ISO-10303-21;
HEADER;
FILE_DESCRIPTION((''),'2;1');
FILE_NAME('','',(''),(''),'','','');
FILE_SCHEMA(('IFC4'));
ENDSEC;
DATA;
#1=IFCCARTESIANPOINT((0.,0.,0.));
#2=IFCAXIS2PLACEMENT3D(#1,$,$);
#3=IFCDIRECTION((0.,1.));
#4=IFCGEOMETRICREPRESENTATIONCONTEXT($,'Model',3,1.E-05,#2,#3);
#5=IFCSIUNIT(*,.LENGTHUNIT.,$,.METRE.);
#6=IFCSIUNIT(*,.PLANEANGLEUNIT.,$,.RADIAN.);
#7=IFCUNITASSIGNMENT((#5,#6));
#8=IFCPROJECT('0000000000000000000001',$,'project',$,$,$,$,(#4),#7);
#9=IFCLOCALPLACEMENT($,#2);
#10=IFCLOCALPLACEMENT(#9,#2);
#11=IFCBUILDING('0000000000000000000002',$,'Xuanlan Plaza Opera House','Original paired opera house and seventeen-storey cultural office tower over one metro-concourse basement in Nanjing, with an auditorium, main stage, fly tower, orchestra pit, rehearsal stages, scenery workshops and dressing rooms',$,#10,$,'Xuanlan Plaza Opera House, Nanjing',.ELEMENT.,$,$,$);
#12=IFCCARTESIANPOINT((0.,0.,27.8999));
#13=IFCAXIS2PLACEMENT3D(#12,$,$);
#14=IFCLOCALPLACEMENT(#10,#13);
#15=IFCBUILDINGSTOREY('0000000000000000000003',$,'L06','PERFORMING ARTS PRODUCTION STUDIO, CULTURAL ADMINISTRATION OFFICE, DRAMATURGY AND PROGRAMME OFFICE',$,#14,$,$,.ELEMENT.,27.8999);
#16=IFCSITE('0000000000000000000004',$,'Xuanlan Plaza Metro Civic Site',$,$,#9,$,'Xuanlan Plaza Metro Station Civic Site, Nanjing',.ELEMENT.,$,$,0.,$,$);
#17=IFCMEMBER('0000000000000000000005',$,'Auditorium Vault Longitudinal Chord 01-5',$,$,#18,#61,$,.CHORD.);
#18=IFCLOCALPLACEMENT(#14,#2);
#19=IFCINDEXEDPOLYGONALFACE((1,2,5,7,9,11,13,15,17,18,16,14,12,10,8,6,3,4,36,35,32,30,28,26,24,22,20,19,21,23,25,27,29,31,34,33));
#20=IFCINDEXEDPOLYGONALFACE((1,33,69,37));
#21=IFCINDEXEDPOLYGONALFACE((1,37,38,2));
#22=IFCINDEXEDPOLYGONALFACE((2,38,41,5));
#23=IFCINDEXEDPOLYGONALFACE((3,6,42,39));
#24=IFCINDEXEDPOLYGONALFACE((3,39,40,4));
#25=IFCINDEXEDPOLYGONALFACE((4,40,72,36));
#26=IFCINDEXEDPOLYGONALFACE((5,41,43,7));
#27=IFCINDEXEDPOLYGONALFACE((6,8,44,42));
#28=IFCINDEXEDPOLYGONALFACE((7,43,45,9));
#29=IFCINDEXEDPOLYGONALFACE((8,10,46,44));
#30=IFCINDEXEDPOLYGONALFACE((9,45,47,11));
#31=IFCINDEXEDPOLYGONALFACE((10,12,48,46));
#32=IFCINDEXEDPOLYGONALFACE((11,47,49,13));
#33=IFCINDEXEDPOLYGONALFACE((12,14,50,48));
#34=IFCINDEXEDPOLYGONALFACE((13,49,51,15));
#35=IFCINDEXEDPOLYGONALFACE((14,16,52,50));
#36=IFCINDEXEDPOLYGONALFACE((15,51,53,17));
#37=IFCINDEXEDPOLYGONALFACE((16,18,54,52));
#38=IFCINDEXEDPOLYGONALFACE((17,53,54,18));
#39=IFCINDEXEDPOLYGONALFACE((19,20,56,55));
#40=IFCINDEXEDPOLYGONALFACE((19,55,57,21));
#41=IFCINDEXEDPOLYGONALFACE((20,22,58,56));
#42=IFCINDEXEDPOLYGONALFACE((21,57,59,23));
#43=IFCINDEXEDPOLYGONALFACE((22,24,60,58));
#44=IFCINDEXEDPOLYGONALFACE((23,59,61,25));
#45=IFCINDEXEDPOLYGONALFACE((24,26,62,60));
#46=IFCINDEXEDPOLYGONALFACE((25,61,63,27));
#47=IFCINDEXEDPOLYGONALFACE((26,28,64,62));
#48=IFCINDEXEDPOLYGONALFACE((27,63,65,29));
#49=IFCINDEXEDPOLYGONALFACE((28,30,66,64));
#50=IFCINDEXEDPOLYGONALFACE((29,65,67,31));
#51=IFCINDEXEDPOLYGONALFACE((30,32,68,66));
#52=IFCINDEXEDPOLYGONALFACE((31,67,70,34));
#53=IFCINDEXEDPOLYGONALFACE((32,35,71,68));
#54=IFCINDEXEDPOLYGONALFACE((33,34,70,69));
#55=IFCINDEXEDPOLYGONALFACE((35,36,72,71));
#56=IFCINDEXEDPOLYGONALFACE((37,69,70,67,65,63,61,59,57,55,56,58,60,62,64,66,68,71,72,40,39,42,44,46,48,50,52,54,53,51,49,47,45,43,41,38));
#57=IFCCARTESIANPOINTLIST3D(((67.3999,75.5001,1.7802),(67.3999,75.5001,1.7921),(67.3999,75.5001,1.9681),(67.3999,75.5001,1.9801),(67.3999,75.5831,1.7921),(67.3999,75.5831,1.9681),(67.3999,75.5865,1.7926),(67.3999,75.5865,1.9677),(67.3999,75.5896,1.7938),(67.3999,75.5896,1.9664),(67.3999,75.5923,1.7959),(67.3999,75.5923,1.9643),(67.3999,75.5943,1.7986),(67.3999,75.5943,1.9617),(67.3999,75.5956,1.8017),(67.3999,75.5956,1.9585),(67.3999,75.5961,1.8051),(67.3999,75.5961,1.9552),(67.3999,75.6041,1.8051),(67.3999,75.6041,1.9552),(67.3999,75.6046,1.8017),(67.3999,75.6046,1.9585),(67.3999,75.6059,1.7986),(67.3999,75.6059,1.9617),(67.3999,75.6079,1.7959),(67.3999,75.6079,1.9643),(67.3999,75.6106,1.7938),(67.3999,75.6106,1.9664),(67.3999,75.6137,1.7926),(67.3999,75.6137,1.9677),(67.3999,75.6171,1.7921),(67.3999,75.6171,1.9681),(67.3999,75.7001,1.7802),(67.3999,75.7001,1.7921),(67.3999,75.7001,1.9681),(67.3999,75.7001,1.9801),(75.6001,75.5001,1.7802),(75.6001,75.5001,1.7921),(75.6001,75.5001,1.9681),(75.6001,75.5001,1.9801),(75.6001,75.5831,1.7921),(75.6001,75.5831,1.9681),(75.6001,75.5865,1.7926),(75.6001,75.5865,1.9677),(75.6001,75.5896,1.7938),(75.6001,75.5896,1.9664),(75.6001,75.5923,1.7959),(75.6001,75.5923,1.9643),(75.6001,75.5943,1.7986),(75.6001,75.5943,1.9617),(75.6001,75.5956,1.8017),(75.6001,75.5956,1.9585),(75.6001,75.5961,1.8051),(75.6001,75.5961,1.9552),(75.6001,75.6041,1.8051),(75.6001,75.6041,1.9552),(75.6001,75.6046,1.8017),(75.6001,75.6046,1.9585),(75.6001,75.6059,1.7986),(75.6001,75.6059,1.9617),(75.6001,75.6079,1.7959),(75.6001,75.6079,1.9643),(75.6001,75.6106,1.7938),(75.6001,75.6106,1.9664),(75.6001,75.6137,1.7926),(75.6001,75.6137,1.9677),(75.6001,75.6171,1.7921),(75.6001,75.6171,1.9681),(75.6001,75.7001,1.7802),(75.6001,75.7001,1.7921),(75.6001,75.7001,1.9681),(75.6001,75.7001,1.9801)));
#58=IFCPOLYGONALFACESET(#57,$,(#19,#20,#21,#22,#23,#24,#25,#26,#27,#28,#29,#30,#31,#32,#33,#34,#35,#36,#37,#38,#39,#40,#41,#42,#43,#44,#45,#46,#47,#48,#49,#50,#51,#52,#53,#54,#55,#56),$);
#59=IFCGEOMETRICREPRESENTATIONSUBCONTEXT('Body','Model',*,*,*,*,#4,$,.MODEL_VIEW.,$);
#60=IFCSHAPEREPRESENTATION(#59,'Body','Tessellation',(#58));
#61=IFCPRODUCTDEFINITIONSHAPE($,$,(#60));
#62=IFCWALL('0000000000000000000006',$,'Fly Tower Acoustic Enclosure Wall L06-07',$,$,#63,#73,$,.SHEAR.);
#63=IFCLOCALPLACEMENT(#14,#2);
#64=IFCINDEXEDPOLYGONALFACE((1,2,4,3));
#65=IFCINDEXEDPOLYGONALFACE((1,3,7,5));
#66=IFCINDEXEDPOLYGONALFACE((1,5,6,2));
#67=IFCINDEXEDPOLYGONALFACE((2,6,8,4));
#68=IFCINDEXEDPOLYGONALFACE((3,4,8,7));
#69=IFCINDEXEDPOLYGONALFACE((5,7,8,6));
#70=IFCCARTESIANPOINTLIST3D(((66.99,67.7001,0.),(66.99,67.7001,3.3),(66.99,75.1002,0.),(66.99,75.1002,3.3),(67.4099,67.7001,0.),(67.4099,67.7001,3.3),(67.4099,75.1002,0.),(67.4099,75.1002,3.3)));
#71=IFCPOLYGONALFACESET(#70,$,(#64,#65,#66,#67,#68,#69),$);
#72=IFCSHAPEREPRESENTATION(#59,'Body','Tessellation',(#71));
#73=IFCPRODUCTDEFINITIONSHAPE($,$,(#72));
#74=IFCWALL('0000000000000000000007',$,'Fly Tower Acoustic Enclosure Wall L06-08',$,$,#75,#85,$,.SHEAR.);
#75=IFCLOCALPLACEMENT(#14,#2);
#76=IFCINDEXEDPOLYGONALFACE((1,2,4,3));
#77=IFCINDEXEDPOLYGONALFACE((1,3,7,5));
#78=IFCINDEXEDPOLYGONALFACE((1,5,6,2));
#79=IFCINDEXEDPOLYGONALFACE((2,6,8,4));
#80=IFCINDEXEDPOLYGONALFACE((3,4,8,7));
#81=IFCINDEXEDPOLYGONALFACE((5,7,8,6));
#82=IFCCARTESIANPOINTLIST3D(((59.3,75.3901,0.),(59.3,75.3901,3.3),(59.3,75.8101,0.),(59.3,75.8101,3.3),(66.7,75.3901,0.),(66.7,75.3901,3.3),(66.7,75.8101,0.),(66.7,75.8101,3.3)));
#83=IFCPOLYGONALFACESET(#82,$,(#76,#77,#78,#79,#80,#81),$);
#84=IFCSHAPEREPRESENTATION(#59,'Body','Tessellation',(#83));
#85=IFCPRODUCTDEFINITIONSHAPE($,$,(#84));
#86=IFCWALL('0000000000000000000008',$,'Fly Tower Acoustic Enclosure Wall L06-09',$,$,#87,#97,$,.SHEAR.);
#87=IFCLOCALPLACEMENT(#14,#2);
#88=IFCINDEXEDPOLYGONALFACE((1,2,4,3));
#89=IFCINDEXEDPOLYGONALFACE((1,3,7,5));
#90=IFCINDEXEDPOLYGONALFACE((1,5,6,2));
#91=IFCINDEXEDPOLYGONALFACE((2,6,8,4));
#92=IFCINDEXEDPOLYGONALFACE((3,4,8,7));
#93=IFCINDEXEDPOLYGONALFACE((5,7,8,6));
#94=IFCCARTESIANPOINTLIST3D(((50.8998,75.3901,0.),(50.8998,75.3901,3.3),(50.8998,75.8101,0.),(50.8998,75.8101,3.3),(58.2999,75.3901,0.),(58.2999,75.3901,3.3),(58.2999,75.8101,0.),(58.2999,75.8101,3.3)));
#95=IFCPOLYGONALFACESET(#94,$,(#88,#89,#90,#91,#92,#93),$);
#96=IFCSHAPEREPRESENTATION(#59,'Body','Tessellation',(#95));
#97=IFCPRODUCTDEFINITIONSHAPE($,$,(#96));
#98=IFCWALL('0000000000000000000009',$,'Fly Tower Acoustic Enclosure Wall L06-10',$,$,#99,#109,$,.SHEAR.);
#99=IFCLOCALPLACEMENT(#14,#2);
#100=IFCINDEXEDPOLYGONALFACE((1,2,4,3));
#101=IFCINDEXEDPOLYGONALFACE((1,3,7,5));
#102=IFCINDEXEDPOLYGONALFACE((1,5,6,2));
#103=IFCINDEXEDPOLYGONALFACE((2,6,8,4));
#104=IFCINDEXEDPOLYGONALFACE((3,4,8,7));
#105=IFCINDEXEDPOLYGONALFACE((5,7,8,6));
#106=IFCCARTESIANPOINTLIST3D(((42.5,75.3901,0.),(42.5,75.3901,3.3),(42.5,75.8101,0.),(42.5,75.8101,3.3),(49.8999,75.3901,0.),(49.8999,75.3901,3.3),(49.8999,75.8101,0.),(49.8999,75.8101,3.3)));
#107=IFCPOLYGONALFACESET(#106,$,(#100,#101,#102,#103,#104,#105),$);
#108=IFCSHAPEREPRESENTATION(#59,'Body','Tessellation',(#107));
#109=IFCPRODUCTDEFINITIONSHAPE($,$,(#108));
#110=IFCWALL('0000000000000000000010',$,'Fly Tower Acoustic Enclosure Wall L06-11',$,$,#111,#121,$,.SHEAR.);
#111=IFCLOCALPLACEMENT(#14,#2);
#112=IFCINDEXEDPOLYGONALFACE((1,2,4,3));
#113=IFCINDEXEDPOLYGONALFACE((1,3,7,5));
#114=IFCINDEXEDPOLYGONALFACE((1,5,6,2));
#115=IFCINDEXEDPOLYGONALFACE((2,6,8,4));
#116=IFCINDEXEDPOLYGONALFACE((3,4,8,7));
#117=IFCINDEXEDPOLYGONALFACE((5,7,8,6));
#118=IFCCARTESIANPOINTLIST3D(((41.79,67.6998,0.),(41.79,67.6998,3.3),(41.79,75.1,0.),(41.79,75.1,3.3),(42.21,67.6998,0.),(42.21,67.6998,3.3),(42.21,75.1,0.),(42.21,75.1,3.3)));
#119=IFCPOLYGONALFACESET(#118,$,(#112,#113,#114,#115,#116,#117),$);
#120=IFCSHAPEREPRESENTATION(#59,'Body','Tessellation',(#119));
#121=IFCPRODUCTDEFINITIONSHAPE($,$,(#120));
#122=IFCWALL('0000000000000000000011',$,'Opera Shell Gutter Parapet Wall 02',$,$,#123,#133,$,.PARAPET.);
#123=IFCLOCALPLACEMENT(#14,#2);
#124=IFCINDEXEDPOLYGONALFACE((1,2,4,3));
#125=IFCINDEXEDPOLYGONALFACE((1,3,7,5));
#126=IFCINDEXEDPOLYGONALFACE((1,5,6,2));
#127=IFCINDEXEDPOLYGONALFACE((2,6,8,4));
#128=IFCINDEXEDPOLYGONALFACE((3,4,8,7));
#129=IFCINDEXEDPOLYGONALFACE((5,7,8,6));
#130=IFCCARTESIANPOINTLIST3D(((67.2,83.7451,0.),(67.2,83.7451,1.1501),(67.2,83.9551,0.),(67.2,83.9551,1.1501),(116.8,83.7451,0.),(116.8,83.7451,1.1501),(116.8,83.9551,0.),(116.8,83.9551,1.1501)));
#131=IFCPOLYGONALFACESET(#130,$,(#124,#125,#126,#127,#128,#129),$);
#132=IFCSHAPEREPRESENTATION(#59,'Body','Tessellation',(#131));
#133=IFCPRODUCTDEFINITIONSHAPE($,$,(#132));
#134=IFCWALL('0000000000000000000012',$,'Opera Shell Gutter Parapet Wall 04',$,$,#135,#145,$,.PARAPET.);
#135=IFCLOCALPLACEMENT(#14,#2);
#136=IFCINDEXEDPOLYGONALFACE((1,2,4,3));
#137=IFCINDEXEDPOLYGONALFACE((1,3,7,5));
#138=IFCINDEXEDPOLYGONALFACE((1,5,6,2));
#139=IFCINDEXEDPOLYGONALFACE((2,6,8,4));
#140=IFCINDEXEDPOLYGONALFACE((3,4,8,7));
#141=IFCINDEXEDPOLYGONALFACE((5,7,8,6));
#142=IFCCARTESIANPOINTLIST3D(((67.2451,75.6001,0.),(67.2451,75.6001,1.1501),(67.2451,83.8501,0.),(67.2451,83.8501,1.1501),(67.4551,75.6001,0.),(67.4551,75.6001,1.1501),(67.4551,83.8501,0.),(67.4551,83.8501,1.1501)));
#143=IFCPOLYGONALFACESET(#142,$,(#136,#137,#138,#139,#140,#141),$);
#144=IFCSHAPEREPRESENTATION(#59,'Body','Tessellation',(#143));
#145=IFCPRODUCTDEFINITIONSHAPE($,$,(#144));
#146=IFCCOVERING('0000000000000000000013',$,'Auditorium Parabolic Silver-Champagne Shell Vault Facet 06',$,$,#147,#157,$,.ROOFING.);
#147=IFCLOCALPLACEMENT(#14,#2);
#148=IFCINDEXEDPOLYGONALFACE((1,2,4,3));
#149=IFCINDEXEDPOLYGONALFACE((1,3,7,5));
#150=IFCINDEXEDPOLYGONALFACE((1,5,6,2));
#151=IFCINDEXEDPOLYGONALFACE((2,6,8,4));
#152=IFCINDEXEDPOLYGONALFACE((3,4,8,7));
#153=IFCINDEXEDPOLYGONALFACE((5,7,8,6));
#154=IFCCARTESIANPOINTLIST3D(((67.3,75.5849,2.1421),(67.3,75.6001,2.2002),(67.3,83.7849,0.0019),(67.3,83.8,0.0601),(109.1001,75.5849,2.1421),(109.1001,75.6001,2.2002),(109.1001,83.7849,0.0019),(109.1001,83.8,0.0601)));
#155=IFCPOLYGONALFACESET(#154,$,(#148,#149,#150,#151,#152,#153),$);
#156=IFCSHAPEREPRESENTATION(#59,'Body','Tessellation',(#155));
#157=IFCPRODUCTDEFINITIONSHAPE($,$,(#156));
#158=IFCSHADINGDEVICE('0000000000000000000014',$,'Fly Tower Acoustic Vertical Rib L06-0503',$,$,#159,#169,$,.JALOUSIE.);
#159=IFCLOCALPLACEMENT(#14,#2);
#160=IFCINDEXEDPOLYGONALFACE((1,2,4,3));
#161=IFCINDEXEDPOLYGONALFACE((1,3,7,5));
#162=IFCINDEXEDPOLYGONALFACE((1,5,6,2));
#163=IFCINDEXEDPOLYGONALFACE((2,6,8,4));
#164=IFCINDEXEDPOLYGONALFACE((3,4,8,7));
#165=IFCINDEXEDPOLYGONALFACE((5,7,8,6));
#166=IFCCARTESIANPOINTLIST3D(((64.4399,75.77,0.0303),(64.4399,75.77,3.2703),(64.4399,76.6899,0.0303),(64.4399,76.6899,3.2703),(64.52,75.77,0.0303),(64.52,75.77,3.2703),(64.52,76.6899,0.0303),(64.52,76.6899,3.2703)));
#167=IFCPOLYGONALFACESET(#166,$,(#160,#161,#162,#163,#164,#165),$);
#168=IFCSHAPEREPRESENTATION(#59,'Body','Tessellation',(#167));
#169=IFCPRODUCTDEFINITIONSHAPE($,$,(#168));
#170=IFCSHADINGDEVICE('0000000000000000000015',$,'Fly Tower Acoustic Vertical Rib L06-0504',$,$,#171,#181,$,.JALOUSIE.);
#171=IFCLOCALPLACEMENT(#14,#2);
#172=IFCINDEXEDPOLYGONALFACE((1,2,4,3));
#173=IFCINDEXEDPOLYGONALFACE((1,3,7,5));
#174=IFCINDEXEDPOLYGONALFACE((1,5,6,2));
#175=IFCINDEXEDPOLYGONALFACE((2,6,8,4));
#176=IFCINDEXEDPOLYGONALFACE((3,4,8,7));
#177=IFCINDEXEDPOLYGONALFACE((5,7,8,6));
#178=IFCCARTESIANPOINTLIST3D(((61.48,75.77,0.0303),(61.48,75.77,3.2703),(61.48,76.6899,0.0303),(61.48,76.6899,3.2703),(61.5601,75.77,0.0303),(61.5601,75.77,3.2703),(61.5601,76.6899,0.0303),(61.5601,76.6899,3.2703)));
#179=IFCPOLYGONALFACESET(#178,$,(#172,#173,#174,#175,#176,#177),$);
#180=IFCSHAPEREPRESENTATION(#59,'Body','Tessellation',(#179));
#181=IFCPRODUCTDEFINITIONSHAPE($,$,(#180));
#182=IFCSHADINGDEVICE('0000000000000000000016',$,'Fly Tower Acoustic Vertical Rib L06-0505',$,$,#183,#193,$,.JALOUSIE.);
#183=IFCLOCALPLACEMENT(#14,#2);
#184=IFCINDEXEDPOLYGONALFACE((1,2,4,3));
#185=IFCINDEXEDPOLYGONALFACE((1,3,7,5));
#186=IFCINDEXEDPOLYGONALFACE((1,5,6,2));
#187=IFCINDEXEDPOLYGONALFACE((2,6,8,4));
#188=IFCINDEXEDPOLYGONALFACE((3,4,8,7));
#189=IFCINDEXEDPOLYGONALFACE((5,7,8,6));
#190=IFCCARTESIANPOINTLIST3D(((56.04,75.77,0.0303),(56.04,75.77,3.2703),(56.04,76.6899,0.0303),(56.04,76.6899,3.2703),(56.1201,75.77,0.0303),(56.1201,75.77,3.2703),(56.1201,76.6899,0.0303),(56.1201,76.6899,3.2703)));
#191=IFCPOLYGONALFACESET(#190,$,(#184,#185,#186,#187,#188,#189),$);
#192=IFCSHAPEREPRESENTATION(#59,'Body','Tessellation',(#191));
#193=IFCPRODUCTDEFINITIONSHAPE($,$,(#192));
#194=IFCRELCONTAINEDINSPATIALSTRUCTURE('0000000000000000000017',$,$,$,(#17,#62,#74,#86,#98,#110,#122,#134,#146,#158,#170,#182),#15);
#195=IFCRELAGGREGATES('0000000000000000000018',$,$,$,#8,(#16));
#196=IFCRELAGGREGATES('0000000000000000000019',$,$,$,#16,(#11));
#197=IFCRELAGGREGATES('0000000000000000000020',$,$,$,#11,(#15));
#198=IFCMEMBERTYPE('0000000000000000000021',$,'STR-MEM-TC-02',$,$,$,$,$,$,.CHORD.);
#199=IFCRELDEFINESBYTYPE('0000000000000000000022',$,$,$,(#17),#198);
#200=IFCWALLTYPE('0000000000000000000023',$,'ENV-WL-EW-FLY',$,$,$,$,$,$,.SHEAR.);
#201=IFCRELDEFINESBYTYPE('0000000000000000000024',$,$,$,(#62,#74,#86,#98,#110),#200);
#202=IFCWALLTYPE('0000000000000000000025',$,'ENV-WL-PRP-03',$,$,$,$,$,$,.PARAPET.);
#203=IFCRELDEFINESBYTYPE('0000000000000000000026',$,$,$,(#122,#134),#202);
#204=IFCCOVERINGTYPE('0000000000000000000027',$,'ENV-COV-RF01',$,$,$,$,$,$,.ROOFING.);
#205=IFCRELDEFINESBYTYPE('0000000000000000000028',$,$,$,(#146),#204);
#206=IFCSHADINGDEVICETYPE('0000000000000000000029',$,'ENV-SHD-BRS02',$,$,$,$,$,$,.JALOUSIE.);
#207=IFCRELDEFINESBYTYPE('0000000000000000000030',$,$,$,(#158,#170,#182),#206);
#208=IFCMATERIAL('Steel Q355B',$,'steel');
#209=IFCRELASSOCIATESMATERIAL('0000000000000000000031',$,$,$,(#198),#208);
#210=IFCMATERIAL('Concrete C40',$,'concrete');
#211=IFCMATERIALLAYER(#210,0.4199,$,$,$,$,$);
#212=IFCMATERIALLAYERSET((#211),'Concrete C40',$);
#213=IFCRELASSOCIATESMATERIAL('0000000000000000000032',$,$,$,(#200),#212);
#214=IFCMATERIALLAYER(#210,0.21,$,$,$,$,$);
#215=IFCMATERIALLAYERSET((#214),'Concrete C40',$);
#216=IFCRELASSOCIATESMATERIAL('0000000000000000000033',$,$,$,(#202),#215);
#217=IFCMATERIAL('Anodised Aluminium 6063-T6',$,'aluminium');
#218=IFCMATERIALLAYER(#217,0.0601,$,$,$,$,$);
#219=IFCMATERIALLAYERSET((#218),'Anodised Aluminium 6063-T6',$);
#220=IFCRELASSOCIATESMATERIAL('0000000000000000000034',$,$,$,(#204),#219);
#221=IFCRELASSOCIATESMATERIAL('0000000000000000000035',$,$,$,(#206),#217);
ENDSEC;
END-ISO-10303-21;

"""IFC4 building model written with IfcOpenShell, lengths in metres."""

from ifc_helpers import new_model, si_unit, direction, frame, frame_2d, origin, origin_2d, place, context, subcontext, project, spatial, polyline, rectangle, i_section, outline, extrude, material, layer, layer_set, material_profile, profile_set, type_object, element, save


model = new_model("IFC4")

# Units and contexts
model_context = context("Model", 3, precision=1e-05, world=origin(), true_north=direction((0.0, 1.0)))
body_context = subcontext(model_context, "Body", "Model", "MODEL_VIEW")
ifc_project = project(units=[si_unit("LENGTHUNIT", "METRE"), si_unit("PLANEANGLEUNIT", "RADIAN")], contexts=[model_context])

# Site, building, storey
site_placement = place(None, origin())
site = spatial("IfcSite", under=ifc_project, at=site_placement, Name="Xuanlan Plaza Metro Civic Site", LongName="Xuanlan Plaza Metro Station Civic Site, Nanjing", CompositionType="ELEMENT", RefElevation=0.0)
building_placement = place(site_placement, origin())
building = spatial("IfcBuilding", under=site, at=building_placement, Name="Xuanlan Plaza Opera House", Description="Original paired opera house and seventeen-storey cultural office tower over one metro-concourse basement in Nanjing, with an auditorium, main stage, fly tower, orchestra pit, rehearsal stages, scenery workshops and dressing rooms", LongName="Xuanlan Plaza Opera House, Nanjing", CompositionType="ELEMENT")
storey_placement = place(building_placement, frame((0.0, 0.0, 27.8999)))
storey = spatial("IfcBuildingStorey", under=building, at=storey_placement, Name="L06", Description="PERFORMING ARTS PRODUCTION STUDIO, CULTURAL ADMINISTRATION OFFICE, DRAMATURGY AND PROGRAMME OFFICE", CompositionType="ELEMENT", Elevation=27.8999)

# Shared definitions
ifc_material_1 = material(Name="Concrete C40", Category="concrete")

# Member
ifc_material_2 = material(Name="Steel Q355B", Category="steel")
ifc_material_profile_1 = material_profile(ifc_material_2, i_section(OverallWidth=0.2, OverallDepth=0.2, WebThickness=0.0081, FlangeThickness=0.012, FilletRadius=0.0129, at=origin_2d()), Name="HW 200x200x8x12")
ifc_profile_set_1 = profile_set([ifc_material_profile_1], Name="Steel Q355B")
member_type_1 = type_object("IfcMemberType", Name="STR-MEM-TC-02", PredefinedType="CHORD", material=ifc_profile_set_1)
member_1_placement = place(storey_placement, frame((67.3999, 75.6001, 1.8801), z_axis=(1.0, 0.0, 0.0), x_axis=(0.0, 1.0, 0.0)))
element("IfcMember", 1, at=member_1_placement, inside=storey, type_object=member_type_1, Name="Auditorium Vault Longitudinal Chord 01-5", PredefinedType="CHORD", context=body_context, shape_type="SweptSolid", body=[
    extrude(i_section(OverallWidth=0.2, OverallDepth=0.2, WebThickness=0.0081, FlangeThickness=0.012, FilletRadius=0.0129, at=origin_2d()), origin(), (0.0, 0.0, 1.0), 8.2002),
])

# Walls
ifc_layer_1 = layer(ifc_material_1, 0.4199)
ifc_layer_set_1 = layer_set([ifc_layer_1], Name="Concrete C40")
wall_type_1 = type_object("IfcWallType", Name="ENV-WL-EW-FLY", PredefinedType="SHEAR", material=ifc_layer_set_1)
wall_1_placement = place(storey_placement, frame((67.2, 67.7, 0.0), z_axis=(0.0, 0.0, 1.0), x_axis=(0.0, 1.0, 0.0)))
element("IfcWall", 2, at=wall_1_placement, inside=storey, type_object=wall_type_1, Name="Fly Tower Acoustic Enclosure Wall L06-07", PredefinedType="SHEAR", context=body_context, shape_type="SweptSolid", body=[
    extrude(rectangle(XDim=7.4001, YDim=0.4199, at=frame_2d((3.7002, 0.0))), origin(), (0.0, 0.0, 1.0), 3.3),
])
wall_2_placement = place(storey_placement, frame((66.7, 75.6001, 0.0), z_axis=(0.0, 0.0, 1.0), x_axis=(-1.0, 0.0, 0.0)))
element("IfcWall", 3, at=wall_2_placement, inside=storey, type_object=wall_type_1, Name="Fly Tower Acoustic Enclosure Wall L06-08", PredefinedType="SHEAR", context=body_context, shape_type="SweptSolid", body=[
    extrude(rectangle(XDim=7.3999, YDim=0.4199, at=frame_2d((3.7, 0.0))), origin(), (0.0, 0.0, 1.0), 3.3),
])
wall_3_placement = place(storey_placement, frame((58.3, 75.6001, 0.0), z_axis=(0.0, 0.0, 1.0), x_axis=(-1.0, 0.0, 0.0)))
element("IfcWall", 4, at=wall_3_placement, inside=storey, type_object=wall_type_1, Name="Fly Tower Acoustic Enclosure Wall L06-09", PredefinedType="SHEAR", context=body_context, shape_type="SweptSolid", body=[
    extrude(rectangle(XDim=7.4001, YDim=0.4199, at=frame_2d((3.7002, 0.0))), origin(), (0.0, 0.0, 1.0), 3.3),
])
wall_4_placement = place(storey_placement, frame((49.8999, 75.6001, 0.0), z_axis=(0.0, 0.0, 1.0), x_axis=(-1.0, 0.0, 0.0)))
element("IfcWall", 5, at=wall_4_placement, inside=storey, type_object=wall_type_1, Name="Fly Tower Acoustic Enclosure Wall L06-10", PredefinedType="SHEAR", context=body_context, shape_type="SweptSolid", body=[
    extrude(rectangle(XDim=7.3999, YDim=0.4199, at=frame_2d((3.7, 0.0))), origin(), (0.0, 0.0, 1.0), 3.3),
])
wall_5_placement = place(storey_placement, frame((42.0, 75.1001, 0.0), z_axis=(0.0, 0.0, 1.0), x_axis=(0.0, -1.0, 0.0)))
element("IfcWall", 6, at=wall_5_placement, inside=storey, type_object=wall_type_1, Name="Fly Tower Acoustic Enclosure Wall L06-11", PredefinedType="SHEAR", context=body_context, shape_type="SweptSolid", body=[
    extrude(rectangle(XDim=7.4001, YDim=0.4199, at=frame_2d((3.7002, 0.0))), origin(), (0.0, 0.0, 1.0), 3.3),
])
ifc_layer_2 = layer(ifc_material_1, 0.21)
ifc_layer_set_2 = layer_set([ifc_layer_2], Name="Concrete C40")
wall_type_2 = type_object("IfcWallType", Name="ENV-WL-PRP-03", PredefinedType="PARAPET", material=ifc_layer_set_2)
wall_6_placement = place(storey_placement, frame((67.2, 83.8501, 0.0), z_axis=(0.0, 0.0, 1.0), x_axis=(1.0, 0.0, 0.0)))
element("IfcWall", 7, at=wall_6_placement, inside=storey, type_object=wall_type_2, Name="Opera Shell Gutter Parapet Wall 02", PredefinedType="PARAPET", context=body_context, shape_type="SweptSolid", body=[
    extrude(rectangle(XDim=49.6001, YDim=0.21, at=frame_2d((24.8, 0.0))), origin(), (0.0, 0.0, 1.0), 1.1501),
])
wall_7_placement = place(storey_placement, frame((67.3501, 75.6001, 0.0), z_axis=(0.0, 0.0, 1.0), x_axis=(0.0, 1.0, 0.0)))
element("IfcWall", 8, at=wall_7_placement, inside=storey, type_object=wall_type_2, Name="Opera Shell Gutter Parapet Wall 04", PredefinedType="PARAPET", context=body_context, shape_type="SweptSolid", body=[
    extrude(rectangle(XDim=8.25, YDim=0.21, at=frame_2d((4.125, 0.0))), origin(), (0.0, 0.0, 1.0), 1.1501),
])

# Covering
ifc_material_3 = material(Name="Anodised Aluminium 6063-T6", Category="aluminium")
ifc_layer_3 = layer(ifc_material_3, 0.0601)
ifc_layer_set_3 = layer_set([ifc_layer_3], Name="Anodised Aluminium 6063-T6")
covering_type = type_object("IfcCoveringType", Name="ENV-COV-RF01", PredefinedType="ROOFING", material=ifc_layer_set_3)
covering_placement = place(storey_placement, frame((67.3, 75.6001, 2.2002), z_axis=(0.0, 0.252534, 0.967588), x_axis=(1.0, 0.0, 0.0)))
element("IfcCovering", 9, at=covering_placement, inside=storey, type_object=covering_type, Name="Auditorium Parabolic Silver-Champagne Shell Vault Facet 06", PredefinedType="ROOFING", context=body_context, shape_type="SweptSolid", body=[
    extrude(outline(polyline([(0.0, 0.0), (41.8, 0.0), (41.8, 8.4746), (0.0, 8.4746), (0.0, 0.0)])), origin(), (0.0, 0.0, -1.0), 0.0601),
])

# Shading devices
shading_device_type = type_object("IfcShadingDeviceType", Name="ENV-SHD-BRS02", PredefinedType="JALOUSIE", material=ifc_material_3)
for number, where, z_axis, x_axis, name in (
    (10, (64.48, 76.23, 0.0303), (0.0, 0.0, 1.0), (0.0, 1.0, 0.0), "Fly Tower Acoustic Vertical Rib L06-0503"),
    (11, (61.52, 76.23, 0.0303), (0.0, 0.0, 1.0), (0.0, 1.0, 0.0), "Fly Tower Acoustic Vertical Rib L06-0504"),
    (12, (56.0801, 76.23, 0.0303), (0.0, 0.0, 1.0), (0.0, 1.0, 0.0), "Fly Tower Acoustic Vertical Rib L06-0505"),
):
    element("IfcShadingDevice", number, at=place(storey_placement, frame(where, z_axis=z_axis, x_axis=x_axis)), inside=storey, type_object=shading_device_type, Name=name, PredefinedType="JALOUSIE", context=body_context, shape_type="SweptSolid", body=[
        extrude(rectangle(XDim=0.9199, YDim=0.0801, at=origin_2d()), origin(), (0.0, 0.0, 1.0), 3.24),
    ])

save(model, "model.ifc")
